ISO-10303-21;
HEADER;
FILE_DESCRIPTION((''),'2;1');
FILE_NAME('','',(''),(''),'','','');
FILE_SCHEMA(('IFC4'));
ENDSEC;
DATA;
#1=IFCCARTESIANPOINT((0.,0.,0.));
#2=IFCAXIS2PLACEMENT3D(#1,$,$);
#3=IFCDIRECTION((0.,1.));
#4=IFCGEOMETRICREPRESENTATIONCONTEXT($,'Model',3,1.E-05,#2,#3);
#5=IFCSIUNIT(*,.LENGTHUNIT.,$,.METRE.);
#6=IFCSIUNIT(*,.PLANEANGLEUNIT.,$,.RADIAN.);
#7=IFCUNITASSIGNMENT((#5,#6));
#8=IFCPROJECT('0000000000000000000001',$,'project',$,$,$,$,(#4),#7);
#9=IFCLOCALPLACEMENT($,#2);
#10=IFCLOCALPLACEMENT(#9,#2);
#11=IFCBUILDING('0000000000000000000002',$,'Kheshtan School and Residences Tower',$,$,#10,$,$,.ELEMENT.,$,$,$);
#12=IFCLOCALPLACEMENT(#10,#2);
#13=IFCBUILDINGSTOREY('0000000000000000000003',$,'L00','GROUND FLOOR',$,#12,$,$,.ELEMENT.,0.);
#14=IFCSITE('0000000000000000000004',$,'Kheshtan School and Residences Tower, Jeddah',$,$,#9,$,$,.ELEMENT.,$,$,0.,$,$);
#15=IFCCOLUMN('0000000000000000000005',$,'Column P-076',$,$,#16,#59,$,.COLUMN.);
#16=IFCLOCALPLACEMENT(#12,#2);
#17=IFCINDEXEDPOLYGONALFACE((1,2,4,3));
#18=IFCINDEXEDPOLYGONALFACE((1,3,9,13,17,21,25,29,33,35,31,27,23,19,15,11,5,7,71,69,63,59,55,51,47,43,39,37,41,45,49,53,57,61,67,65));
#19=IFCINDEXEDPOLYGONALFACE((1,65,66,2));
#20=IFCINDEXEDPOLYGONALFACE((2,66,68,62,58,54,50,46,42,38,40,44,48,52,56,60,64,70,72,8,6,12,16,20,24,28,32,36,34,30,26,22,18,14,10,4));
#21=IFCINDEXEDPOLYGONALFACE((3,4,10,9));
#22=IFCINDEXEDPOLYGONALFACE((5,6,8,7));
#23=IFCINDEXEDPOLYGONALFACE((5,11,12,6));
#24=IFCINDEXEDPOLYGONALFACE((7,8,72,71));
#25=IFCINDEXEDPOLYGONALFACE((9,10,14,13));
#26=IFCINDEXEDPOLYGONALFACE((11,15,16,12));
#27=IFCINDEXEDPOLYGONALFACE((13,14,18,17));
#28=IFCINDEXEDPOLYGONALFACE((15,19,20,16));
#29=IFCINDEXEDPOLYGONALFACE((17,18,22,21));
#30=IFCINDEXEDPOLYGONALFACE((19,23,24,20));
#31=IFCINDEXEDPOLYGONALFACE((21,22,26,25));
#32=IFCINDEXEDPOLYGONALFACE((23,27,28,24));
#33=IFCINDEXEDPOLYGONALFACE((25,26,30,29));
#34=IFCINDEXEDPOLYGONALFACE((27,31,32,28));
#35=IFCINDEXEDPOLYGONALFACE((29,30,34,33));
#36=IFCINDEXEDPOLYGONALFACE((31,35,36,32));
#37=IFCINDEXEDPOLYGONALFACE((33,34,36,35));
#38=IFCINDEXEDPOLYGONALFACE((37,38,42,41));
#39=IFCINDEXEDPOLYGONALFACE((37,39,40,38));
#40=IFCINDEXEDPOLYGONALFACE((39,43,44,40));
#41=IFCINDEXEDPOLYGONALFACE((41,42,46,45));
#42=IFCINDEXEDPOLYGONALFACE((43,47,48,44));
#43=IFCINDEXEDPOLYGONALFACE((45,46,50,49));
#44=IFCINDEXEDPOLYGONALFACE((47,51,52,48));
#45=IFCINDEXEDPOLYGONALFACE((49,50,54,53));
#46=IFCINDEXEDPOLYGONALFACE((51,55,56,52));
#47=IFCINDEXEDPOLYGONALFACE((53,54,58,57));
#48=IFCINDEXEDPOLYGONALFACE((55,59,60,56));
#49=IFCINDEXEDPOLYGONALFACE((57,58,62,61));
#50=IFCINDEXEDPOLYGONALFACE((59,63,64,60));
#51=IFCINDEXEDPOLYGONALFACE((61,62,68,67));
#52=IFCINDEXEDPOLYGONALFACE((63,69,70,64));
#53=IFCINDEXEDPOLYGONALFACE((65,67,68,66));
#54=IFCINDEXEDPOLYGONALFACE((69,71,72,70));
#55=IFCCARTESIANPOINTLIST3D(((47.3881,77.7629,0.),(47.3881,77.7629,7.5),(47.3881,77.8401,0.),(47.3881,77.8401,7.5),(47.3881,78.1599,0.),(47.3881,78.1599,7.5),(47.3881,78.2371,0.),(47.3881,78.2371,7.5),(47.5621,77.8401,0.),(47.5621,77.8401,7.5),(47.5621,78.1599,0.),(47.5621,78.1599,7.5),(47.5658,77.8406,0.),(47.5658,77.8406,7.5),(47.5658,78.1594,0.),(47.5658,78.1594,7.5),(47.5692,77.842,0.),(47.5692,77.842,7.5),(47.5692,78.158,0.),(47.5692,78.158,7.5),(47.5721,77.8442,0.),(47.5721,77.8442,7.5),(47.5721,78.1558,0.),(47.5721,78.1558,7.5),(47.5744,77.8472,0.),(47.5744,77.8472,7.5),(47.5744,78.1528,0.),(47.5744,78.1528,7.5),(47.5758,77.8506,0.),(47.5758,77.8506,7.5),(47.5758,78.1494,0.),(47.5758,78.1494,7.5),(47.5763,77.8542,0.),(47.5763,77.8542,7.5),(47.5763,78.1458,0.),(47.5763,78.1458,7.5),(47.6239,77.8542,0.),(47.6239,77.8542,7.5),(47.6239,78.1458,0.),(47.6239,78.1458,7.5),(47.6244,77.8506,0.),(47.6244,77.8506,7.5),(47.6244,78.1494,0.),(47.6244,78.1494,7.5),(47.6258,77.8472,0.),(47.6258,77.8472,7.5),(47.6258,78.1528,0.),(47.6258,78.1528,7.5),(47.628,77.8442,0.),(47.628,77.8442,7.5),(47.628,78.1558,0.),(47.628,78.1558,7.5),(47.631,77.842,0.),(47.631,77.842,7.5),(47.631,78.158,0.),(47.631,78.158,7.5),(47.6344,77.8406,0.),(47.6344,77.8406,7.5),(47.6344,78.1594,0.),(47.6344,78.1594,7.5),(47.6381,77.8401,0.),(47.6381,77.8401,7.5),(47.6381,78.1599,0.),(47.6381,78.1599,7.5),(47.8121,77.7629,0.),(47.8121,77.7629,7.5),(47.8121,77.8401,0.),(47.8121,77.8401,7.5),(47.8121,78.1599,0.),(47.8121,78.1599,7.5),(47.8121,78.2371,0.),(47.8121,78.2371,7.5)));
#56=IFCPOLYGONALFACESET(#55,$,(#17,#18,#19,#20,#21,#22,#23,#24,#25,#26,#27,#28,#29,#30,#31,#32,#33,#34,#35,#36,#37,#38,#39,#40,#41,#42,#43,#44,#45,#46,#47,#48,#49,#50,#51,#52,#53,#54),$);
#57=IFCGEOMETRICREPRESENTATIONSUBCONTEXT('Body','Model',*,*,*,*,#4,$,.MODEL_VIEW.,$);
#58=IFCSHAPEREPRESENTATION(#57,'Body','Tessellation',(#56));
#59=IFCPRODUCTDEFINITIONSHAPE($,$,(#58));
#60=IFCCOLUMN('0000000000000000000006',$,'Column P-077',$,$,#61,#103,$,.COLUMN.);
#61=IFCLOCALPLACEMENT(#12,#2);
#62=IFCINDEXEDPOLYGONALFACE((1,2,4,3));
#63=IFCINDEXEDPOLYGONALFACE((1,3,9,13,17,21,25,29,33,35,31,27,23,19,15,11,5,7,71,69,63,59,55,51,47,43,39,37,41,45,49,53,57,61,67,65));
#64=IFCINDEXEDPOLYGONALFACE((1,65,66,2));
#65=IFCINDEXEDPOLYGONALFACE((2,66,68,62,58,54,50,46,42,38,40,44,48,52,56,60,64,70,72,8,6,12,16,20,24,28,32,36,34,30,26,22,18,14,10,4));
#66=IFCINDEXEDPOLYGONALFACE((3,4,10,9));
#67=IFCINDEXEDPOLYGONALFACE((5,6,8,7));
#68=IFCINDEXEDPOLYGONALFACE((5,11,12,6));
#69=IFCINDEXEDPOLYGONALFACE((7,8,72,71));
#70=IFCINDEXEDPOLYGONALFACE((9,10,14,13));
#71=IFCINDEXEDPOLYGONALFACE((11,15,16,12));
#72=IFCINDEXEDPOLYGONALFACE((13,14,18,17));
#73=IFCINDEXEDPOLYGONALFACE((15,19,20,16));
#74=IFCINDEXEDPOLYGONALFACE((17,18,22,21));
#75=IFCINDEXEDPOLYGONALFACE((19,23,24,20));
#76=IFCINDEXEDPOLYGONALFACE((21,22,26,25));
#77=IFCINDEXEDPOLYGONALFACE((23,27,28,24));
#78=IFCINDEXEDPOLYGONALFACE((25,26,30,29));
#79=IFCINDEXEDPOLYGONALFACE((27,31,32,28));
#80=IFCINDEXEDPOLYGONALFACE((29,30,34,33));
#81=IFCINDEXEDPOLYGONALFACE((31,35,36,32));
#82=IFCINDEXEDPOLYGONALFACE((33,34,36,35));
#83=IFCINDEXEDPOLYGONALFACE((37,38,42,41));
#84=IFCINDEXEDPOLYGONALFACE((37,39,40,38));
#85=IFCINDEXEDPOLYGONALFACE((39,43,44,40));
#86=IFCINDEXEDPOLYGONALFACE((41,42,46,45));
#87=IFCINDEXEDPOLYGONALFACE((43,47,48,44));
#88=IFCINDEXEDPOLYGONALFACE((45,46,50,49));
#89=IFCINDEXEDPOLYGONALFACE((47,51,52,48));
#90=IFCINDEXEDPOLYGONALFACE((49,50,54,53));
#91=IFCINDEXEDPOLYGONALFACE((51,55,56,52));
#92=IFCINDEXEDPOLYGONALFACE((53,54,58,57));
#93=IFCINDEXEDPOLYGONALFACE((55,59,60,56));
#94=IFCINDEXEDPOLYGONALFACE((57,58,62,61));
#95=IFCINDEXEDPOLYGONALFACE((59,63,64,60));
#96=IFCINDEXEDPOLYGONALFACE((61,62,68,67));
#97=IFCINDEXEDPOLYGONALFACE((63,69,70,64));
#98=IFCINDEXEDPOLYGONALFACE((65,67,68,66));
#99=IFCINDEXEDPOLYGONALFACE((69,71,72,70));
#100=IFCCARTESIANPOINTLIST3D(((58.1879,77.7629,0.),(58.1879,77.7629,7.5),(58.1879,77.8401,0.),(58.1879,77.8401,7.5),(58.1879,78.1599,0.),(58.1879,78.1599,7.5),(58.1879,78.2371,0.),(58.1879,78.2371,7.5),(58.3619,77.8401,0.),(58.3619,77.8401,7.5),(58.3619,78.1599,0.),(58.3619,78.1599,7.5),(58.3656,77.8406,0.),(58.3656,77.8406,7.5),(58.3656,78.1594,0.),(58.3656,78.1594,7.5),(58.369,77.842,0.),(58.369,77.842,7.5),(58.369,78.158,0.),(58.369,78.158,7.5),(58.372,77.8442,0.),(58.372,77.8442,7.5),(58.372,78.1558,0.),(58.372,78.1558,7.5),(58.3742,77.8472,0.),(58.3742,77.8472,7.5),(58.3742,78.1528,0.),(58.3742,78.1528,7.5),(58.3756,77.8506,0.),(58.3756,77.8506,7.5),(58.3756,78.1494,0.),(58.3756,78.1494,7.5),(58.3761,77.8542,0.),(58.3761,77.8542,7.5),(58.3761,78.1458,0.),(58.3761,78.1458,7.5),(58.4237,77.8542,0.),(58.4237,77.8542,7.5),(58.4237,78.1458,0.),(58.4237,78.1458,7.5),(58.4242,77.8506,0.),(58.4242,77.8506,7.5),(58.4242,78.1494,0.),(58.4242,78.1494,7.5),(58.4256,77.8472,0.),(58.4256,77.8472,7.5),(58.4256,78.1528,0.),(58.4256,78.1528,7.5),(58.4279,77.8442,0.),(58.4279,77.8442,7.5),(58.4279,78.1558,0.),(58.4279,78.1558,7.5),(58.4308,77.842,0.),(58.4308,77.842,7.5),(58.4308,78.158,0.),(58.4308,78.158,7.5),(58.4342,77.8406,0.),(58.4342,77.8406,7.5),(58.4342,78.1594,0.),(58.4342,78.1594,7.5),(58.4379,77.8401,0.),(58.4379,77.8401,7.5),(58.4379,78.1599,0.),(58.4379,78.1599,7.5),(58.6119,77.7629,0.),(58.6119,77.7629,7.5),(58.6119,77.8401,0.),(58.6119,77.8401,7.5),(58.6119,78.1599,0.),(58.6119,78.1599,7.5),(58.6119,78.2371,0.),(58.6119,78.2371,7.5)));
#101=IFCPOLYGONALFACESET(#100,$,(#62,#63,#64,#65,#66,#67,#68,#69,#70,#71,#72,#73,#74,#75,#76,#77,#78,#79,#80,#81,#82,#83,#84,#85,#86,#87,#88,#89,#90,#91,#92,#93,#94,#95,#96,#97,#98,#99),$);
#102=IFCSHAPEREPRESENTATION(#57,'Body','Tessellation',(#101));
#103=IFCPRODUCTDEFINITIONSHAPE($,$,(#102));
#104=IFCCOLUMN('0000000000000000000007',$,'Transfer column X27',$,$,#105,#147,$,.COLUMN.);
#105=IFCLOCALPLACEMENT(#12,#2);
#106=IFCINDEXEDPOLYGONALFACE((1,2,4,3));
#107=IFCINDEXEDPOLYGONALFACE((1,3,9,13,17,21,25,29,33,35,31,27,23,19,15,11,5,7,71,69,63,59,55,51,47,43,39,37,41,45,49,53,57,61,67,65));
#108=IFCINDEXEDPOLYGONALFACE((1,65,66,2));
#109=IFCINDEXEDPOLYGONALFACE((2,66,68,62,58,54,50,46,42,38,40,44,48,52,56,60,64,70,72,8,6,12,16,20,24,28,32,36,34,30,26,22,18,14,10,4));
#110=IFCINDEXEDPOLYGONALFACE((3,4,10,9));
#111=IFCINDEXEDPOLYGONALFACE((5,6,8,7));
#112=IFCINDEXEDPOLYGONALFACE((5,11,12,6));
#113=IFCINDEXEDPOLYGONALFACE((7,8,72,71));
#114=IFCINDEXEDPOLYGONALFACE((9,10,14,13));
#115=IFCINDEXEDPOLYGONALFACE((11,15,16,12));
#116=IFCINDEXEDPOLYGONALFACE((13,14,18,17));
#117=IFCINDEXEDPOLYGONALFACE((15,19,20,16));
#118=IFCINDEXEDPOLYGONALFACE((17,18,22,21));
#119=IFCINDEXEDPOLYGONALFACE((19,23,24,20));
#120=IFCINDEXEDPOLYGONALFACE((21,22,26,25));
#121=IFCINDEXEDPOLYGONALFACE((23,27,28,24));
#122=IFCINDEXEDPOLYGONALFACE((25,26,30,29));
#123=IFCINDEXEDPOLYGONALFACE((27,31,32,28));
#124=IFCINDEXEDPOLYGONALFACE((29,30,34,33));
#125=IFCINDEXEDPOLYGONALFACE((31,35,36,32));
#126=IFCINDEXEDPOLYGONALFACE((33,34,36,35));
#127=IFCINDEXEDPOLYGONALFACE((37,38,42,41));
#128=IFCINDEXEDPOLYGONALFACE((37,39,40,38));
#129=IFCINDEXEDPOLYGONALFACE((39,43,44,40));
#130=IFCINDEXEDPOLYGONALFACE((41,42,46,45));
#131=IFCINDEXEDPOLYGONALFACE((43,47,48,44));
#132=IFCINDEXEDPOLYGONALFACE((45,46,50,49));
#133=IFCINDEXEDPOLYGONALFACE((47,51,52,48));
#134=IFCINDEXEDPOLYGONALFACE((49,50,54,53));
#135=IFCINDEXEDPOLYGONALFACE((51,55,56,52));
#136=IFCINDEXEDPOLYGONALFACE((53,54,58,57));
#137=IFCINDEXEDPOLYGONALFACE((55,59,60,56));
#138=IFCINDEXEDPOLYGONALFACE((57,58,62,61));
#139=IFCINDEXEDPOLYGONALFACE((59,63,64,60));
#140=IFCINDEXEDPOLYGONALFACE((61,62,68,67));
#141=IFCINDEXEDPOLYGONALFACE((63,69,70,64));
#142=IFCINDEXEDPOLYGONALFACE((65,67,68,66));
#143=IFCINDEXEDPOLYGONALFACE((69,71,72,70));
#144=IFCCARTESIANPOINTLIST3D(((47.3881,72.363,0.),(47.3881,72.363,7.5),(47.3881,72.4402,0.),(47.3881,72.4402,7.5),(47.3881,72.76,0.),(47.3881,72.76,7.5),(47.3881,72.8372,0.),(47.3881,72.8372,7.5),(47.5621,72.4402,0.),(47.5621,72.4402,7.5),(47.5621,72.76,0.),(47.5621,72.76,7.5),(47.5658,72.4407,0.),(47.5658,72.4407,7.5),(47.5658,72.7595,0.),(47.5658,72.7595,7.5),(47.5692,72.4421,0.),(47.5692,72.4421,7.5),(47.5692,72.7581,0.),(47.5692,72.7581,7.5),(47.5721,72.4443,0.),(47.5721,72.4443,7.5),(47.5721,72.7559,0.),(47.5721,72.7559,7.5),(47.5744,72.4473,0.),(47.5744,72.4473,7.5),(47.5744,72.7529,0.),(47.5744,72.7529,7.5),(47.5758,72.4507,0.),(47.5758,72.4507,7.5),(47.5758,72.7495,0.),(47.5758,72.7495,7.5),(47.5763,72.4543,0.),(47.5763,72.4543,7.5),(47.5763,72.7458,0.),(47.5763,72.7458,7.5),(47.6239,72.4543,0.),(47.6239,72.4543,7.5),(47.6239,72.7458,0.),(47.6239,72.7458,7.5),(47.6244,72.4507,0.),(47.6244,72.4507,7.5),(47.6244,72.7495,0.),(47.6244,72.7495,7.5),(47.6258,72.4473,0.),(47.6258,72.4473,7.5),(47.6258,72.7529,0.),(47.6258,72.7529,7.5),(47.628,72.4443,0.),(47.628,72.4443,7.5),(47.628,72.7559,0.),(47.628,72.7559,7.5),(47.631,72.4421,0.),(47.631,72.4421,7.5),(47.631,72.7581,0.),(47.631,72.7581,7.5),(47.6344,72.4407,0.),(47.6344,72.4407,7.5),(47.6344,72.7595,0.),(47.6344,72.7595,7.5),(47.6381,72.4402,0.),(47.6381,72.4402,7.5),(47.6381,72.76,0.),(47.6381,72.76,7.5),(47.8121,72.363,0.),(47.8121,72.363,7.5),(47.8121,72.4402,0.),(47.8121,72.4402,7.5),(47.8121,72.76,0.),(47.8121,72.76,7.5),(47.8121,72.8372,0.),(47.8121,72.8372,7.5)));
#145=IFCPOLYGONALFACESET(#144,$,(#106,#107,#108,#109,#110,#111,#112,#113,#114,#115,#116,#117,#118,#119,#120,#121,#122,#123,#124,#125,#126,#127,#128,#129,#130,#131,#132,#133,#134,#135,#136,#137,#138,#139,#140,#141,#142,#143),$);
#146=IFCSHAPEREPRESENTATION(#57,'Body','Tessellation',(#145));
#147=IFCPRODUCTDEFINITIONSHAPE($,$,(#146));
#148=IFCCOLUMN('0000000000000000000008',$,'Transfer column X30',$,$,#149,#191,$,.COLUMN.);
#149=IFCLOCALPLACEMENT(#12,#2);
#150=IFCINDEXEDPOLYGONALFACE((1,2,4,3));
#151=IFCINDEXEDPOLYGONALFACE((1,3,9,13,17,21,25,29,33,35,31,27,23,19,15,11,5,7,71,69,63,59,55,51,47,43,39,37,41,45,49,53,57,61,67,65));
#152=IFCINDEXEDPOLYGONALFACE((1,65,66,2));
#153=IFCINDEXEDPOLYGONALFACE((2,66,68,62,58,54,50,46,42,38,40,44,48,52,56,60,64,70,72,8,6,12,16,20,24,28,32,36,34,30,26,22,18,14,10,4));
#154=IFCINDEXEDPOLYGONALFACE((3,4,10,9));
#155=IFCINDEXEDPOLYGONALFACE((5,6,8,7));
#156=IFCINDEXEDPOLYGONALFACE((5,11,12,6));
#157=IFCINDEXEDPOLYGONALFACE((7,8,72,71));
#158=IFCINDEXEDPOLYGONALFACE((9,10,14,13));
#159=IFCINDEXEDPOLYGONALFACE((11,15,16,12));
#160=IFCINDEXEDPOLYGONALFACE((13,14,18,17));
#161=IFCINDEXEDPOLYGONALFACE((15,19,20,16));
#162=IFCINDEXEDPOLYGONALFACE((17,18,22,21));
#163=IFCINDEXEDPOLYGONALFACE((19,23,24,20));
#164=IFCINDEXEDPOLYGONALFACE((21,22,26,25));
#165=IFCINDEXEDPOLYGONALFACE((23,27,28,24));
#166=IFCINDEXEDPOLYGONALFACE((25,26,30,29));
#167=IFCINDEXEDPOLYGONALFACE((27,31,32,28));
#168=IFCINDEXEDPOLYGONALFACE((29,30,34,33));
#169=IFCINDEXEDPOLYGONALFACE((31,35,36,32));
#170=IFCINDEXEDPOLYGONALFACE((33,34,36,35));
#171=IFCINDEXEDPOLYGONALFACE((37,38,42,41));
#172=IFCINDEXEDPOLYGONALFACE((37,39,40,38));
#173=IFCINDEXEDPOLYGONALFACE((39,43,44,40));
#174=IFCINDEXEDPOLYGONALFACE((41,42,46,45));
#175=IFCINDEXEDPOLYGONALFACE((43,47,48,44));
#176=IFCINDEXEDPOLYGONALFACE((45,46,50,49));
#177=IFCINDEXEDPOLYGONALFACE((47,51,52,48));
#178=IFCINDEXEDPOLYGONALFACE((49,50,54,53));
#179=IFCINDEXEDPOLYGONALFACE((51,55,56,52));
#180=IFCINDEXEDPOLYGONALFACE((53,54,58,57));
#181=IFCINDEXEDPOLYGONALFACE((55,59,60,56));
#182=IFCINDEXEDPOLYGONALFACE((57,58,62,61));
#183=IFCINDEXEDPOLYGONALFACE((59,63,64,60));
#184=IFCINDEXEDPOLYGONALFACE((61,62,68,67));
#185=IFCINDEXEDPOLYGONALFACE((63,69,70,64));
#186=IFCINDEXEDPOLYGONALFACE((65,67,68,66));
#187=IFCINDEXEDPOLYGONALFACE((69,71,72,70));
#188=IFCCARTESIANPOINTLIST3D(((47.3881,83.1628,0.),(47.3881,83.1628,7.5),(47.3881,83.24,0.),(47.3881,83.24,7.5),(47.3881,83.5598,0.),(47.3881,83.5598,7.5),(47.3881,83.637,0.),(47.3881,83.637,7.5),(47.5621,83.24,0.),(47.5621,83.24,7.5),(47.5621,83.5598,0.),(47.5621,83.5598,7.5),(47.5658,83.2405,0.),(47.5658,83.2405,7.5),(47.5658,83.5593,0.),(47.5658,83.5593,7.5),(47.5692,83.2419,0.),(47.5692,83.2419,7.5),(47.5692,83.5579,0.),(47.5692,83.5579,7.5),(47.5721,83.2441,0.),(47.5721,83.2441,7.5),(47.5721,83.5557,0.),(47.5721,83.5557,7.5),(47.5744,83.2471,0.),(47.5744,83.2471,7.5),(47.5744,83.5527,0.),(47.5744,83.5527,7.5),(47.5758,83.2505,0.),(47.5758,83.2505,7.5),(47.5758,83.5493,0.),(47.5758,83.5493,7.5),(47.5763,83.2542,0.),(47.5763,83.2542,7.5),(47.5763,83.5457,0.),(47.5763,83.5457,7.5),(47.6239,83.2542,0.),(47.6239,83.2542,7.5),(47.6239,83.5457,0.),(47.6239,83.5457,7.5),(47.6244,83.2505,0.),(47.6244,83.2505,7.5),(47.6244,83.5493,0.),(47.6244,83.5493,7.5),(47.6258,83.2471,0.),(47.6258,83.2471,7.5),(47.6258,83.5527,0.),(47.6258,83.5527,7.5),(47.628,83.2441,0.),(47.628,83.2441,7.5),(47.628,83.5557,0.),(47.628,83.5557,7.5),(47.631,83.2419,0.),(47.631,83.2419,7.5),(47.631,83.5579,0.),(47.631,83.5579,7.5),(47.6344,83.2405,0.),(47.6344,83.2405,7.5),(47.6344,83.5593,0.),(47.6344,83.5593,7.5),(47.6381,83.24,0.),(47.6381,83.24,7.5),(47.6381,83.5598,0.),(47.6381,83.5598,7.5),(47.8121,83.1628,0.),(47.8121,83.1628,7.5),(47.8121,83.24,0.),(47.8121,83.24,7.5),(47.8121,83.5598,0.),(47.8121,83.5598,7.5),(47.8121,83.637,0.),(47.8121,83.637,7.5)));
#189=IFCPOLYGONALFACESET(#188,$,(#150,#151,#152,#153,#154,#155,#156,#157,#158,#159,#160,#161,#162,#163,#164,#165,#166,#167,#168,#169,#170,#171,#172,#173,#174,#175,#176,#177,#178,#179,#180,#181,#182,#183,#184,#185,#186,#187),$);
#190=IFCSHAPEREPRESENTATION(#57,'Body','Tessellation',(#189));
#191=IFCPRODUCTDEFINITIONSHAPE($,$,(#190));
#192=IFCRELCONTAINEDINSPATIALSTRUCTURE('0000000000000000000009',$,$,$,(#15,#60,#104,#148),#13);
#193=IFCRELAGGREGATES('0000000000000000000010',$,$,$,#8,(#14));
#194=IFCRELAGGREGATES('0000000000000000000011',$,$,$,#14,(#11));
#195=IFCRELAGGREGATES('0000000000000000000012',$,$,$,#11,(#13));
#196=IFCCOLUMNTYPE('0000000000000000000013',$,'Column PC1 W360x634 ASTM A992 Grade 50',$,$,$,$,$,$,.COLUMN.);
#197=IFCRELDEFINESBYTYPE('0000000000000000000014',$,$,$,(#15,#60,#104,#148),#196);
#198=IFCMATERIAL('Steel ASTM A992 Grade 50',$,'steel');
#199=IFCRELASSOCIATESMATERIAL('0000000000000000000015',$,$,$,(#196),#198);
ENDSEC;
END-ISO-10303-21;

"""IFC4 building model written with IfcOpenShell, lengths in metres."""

from ifc_helpers import new_model, si_unit, direction, frame, origin, origin_2d, place, context, subcontext, project, spatial, i_section, extrude, material, material_profile, profile_set, type_object, element, save


model = new_model("IFC4")

# Units and contexts
model_context = context("Model", 3, precision=1e-05, world=origin(), true_north=direction((0.0, 1.0)))
body_context = subcontext(model_context, "Body", "Model", "MODEL_VIEW")
ifc_project = project(units=[si_unit("LENGTHUNIT", "METRE"), si_unit("PLANEANGLEUNIT", "RADIAN")], contexts=[model_context])

# Site, building, storey
site_placement = place(None, origin())
site = spatial("IfcSite", under=ifc_project, at=site_placement, Name="Kheshtan School and Residences Tower, Jeddah", CompositionType="ELEMENT", RefElevation=0.0)
building_placement = place(site_placement, origin())
building = spatial("IfcBuilding", under=site, at=building_placement, Name="Kheshtan School and Residences Tower", CompositionType="ELEMENT")
storey_placement = place(building_placement, origin())
storey = spatial("IfcBuildingStorey", under=building, at=storey_placement, Name="L00", Description="GROUND FLOOR", CompositionType="ELEMENT", Elevation=0.0)

# Columns
ifc_material_1 = material(Name="Steel ASTM A992 Grade 50", Category="steel")
ifc_material_profile = material_profile(ifc_material_1, i_section(OverallWidth=0.4241, OverallDepth=0.4741, WebThickness=0.0476, FlangeThickness=0.0771, FilletRadius=0.0142, at=origin_2d()), Name="W360x634")
ifc_profile_set = profile_set([ifc_material_profile], Name="Steel ASTM A992 Grade 50")
column_type = type_object("IfcColumnType", Name="Column PC1 W360x634 ASTM A992 Grade 50", PredefinedType="COLUMN", material=ifc_profile_set)
for number, where, z_axis, x_axis, name in (
    (1, (47.6001, 78.0, 0.0), (0.0, 0.0, 1.0), (1.0, 0.0, 0.0), "Column P-076"),
    (2, (58.3999, 78.0, 0.0), (0.0, 0.0, 1.0), (1.0, 0.0, 0.0), "Column P-077"),
    (3, (47.6001, 72.6001, 0.0), (0.0, 0.0, 1.0), (1.0, 0.0, 0.0), "Transfer column X27"),
    (4, (47.6001, 83.3999, 0.0), (0.0, 0.0, 1.0), (1.0, 0.0, 0.0), "Transfer column X30"),
):
    element("IfcColumn", number, at=place(storey_placement, frame(where, z_axis=z_axis, x_axis=x_axis)), inside=storey, type_object=column_type, Name=name, PredefinedType="COLUMN", context=body_context, shape_type="SweptSolid", body=[
        extrude(i_section(OverallWidth=0.4241, OverallDepth=0.4741, WebThickness=0.0476, FlangeThickness=0.0771, FilletRadius=0.0142, at=origin_2d()), origin(), (0.0, 0.0, 1.0), 7.5),
    ])

save(model, "model.ifc")
